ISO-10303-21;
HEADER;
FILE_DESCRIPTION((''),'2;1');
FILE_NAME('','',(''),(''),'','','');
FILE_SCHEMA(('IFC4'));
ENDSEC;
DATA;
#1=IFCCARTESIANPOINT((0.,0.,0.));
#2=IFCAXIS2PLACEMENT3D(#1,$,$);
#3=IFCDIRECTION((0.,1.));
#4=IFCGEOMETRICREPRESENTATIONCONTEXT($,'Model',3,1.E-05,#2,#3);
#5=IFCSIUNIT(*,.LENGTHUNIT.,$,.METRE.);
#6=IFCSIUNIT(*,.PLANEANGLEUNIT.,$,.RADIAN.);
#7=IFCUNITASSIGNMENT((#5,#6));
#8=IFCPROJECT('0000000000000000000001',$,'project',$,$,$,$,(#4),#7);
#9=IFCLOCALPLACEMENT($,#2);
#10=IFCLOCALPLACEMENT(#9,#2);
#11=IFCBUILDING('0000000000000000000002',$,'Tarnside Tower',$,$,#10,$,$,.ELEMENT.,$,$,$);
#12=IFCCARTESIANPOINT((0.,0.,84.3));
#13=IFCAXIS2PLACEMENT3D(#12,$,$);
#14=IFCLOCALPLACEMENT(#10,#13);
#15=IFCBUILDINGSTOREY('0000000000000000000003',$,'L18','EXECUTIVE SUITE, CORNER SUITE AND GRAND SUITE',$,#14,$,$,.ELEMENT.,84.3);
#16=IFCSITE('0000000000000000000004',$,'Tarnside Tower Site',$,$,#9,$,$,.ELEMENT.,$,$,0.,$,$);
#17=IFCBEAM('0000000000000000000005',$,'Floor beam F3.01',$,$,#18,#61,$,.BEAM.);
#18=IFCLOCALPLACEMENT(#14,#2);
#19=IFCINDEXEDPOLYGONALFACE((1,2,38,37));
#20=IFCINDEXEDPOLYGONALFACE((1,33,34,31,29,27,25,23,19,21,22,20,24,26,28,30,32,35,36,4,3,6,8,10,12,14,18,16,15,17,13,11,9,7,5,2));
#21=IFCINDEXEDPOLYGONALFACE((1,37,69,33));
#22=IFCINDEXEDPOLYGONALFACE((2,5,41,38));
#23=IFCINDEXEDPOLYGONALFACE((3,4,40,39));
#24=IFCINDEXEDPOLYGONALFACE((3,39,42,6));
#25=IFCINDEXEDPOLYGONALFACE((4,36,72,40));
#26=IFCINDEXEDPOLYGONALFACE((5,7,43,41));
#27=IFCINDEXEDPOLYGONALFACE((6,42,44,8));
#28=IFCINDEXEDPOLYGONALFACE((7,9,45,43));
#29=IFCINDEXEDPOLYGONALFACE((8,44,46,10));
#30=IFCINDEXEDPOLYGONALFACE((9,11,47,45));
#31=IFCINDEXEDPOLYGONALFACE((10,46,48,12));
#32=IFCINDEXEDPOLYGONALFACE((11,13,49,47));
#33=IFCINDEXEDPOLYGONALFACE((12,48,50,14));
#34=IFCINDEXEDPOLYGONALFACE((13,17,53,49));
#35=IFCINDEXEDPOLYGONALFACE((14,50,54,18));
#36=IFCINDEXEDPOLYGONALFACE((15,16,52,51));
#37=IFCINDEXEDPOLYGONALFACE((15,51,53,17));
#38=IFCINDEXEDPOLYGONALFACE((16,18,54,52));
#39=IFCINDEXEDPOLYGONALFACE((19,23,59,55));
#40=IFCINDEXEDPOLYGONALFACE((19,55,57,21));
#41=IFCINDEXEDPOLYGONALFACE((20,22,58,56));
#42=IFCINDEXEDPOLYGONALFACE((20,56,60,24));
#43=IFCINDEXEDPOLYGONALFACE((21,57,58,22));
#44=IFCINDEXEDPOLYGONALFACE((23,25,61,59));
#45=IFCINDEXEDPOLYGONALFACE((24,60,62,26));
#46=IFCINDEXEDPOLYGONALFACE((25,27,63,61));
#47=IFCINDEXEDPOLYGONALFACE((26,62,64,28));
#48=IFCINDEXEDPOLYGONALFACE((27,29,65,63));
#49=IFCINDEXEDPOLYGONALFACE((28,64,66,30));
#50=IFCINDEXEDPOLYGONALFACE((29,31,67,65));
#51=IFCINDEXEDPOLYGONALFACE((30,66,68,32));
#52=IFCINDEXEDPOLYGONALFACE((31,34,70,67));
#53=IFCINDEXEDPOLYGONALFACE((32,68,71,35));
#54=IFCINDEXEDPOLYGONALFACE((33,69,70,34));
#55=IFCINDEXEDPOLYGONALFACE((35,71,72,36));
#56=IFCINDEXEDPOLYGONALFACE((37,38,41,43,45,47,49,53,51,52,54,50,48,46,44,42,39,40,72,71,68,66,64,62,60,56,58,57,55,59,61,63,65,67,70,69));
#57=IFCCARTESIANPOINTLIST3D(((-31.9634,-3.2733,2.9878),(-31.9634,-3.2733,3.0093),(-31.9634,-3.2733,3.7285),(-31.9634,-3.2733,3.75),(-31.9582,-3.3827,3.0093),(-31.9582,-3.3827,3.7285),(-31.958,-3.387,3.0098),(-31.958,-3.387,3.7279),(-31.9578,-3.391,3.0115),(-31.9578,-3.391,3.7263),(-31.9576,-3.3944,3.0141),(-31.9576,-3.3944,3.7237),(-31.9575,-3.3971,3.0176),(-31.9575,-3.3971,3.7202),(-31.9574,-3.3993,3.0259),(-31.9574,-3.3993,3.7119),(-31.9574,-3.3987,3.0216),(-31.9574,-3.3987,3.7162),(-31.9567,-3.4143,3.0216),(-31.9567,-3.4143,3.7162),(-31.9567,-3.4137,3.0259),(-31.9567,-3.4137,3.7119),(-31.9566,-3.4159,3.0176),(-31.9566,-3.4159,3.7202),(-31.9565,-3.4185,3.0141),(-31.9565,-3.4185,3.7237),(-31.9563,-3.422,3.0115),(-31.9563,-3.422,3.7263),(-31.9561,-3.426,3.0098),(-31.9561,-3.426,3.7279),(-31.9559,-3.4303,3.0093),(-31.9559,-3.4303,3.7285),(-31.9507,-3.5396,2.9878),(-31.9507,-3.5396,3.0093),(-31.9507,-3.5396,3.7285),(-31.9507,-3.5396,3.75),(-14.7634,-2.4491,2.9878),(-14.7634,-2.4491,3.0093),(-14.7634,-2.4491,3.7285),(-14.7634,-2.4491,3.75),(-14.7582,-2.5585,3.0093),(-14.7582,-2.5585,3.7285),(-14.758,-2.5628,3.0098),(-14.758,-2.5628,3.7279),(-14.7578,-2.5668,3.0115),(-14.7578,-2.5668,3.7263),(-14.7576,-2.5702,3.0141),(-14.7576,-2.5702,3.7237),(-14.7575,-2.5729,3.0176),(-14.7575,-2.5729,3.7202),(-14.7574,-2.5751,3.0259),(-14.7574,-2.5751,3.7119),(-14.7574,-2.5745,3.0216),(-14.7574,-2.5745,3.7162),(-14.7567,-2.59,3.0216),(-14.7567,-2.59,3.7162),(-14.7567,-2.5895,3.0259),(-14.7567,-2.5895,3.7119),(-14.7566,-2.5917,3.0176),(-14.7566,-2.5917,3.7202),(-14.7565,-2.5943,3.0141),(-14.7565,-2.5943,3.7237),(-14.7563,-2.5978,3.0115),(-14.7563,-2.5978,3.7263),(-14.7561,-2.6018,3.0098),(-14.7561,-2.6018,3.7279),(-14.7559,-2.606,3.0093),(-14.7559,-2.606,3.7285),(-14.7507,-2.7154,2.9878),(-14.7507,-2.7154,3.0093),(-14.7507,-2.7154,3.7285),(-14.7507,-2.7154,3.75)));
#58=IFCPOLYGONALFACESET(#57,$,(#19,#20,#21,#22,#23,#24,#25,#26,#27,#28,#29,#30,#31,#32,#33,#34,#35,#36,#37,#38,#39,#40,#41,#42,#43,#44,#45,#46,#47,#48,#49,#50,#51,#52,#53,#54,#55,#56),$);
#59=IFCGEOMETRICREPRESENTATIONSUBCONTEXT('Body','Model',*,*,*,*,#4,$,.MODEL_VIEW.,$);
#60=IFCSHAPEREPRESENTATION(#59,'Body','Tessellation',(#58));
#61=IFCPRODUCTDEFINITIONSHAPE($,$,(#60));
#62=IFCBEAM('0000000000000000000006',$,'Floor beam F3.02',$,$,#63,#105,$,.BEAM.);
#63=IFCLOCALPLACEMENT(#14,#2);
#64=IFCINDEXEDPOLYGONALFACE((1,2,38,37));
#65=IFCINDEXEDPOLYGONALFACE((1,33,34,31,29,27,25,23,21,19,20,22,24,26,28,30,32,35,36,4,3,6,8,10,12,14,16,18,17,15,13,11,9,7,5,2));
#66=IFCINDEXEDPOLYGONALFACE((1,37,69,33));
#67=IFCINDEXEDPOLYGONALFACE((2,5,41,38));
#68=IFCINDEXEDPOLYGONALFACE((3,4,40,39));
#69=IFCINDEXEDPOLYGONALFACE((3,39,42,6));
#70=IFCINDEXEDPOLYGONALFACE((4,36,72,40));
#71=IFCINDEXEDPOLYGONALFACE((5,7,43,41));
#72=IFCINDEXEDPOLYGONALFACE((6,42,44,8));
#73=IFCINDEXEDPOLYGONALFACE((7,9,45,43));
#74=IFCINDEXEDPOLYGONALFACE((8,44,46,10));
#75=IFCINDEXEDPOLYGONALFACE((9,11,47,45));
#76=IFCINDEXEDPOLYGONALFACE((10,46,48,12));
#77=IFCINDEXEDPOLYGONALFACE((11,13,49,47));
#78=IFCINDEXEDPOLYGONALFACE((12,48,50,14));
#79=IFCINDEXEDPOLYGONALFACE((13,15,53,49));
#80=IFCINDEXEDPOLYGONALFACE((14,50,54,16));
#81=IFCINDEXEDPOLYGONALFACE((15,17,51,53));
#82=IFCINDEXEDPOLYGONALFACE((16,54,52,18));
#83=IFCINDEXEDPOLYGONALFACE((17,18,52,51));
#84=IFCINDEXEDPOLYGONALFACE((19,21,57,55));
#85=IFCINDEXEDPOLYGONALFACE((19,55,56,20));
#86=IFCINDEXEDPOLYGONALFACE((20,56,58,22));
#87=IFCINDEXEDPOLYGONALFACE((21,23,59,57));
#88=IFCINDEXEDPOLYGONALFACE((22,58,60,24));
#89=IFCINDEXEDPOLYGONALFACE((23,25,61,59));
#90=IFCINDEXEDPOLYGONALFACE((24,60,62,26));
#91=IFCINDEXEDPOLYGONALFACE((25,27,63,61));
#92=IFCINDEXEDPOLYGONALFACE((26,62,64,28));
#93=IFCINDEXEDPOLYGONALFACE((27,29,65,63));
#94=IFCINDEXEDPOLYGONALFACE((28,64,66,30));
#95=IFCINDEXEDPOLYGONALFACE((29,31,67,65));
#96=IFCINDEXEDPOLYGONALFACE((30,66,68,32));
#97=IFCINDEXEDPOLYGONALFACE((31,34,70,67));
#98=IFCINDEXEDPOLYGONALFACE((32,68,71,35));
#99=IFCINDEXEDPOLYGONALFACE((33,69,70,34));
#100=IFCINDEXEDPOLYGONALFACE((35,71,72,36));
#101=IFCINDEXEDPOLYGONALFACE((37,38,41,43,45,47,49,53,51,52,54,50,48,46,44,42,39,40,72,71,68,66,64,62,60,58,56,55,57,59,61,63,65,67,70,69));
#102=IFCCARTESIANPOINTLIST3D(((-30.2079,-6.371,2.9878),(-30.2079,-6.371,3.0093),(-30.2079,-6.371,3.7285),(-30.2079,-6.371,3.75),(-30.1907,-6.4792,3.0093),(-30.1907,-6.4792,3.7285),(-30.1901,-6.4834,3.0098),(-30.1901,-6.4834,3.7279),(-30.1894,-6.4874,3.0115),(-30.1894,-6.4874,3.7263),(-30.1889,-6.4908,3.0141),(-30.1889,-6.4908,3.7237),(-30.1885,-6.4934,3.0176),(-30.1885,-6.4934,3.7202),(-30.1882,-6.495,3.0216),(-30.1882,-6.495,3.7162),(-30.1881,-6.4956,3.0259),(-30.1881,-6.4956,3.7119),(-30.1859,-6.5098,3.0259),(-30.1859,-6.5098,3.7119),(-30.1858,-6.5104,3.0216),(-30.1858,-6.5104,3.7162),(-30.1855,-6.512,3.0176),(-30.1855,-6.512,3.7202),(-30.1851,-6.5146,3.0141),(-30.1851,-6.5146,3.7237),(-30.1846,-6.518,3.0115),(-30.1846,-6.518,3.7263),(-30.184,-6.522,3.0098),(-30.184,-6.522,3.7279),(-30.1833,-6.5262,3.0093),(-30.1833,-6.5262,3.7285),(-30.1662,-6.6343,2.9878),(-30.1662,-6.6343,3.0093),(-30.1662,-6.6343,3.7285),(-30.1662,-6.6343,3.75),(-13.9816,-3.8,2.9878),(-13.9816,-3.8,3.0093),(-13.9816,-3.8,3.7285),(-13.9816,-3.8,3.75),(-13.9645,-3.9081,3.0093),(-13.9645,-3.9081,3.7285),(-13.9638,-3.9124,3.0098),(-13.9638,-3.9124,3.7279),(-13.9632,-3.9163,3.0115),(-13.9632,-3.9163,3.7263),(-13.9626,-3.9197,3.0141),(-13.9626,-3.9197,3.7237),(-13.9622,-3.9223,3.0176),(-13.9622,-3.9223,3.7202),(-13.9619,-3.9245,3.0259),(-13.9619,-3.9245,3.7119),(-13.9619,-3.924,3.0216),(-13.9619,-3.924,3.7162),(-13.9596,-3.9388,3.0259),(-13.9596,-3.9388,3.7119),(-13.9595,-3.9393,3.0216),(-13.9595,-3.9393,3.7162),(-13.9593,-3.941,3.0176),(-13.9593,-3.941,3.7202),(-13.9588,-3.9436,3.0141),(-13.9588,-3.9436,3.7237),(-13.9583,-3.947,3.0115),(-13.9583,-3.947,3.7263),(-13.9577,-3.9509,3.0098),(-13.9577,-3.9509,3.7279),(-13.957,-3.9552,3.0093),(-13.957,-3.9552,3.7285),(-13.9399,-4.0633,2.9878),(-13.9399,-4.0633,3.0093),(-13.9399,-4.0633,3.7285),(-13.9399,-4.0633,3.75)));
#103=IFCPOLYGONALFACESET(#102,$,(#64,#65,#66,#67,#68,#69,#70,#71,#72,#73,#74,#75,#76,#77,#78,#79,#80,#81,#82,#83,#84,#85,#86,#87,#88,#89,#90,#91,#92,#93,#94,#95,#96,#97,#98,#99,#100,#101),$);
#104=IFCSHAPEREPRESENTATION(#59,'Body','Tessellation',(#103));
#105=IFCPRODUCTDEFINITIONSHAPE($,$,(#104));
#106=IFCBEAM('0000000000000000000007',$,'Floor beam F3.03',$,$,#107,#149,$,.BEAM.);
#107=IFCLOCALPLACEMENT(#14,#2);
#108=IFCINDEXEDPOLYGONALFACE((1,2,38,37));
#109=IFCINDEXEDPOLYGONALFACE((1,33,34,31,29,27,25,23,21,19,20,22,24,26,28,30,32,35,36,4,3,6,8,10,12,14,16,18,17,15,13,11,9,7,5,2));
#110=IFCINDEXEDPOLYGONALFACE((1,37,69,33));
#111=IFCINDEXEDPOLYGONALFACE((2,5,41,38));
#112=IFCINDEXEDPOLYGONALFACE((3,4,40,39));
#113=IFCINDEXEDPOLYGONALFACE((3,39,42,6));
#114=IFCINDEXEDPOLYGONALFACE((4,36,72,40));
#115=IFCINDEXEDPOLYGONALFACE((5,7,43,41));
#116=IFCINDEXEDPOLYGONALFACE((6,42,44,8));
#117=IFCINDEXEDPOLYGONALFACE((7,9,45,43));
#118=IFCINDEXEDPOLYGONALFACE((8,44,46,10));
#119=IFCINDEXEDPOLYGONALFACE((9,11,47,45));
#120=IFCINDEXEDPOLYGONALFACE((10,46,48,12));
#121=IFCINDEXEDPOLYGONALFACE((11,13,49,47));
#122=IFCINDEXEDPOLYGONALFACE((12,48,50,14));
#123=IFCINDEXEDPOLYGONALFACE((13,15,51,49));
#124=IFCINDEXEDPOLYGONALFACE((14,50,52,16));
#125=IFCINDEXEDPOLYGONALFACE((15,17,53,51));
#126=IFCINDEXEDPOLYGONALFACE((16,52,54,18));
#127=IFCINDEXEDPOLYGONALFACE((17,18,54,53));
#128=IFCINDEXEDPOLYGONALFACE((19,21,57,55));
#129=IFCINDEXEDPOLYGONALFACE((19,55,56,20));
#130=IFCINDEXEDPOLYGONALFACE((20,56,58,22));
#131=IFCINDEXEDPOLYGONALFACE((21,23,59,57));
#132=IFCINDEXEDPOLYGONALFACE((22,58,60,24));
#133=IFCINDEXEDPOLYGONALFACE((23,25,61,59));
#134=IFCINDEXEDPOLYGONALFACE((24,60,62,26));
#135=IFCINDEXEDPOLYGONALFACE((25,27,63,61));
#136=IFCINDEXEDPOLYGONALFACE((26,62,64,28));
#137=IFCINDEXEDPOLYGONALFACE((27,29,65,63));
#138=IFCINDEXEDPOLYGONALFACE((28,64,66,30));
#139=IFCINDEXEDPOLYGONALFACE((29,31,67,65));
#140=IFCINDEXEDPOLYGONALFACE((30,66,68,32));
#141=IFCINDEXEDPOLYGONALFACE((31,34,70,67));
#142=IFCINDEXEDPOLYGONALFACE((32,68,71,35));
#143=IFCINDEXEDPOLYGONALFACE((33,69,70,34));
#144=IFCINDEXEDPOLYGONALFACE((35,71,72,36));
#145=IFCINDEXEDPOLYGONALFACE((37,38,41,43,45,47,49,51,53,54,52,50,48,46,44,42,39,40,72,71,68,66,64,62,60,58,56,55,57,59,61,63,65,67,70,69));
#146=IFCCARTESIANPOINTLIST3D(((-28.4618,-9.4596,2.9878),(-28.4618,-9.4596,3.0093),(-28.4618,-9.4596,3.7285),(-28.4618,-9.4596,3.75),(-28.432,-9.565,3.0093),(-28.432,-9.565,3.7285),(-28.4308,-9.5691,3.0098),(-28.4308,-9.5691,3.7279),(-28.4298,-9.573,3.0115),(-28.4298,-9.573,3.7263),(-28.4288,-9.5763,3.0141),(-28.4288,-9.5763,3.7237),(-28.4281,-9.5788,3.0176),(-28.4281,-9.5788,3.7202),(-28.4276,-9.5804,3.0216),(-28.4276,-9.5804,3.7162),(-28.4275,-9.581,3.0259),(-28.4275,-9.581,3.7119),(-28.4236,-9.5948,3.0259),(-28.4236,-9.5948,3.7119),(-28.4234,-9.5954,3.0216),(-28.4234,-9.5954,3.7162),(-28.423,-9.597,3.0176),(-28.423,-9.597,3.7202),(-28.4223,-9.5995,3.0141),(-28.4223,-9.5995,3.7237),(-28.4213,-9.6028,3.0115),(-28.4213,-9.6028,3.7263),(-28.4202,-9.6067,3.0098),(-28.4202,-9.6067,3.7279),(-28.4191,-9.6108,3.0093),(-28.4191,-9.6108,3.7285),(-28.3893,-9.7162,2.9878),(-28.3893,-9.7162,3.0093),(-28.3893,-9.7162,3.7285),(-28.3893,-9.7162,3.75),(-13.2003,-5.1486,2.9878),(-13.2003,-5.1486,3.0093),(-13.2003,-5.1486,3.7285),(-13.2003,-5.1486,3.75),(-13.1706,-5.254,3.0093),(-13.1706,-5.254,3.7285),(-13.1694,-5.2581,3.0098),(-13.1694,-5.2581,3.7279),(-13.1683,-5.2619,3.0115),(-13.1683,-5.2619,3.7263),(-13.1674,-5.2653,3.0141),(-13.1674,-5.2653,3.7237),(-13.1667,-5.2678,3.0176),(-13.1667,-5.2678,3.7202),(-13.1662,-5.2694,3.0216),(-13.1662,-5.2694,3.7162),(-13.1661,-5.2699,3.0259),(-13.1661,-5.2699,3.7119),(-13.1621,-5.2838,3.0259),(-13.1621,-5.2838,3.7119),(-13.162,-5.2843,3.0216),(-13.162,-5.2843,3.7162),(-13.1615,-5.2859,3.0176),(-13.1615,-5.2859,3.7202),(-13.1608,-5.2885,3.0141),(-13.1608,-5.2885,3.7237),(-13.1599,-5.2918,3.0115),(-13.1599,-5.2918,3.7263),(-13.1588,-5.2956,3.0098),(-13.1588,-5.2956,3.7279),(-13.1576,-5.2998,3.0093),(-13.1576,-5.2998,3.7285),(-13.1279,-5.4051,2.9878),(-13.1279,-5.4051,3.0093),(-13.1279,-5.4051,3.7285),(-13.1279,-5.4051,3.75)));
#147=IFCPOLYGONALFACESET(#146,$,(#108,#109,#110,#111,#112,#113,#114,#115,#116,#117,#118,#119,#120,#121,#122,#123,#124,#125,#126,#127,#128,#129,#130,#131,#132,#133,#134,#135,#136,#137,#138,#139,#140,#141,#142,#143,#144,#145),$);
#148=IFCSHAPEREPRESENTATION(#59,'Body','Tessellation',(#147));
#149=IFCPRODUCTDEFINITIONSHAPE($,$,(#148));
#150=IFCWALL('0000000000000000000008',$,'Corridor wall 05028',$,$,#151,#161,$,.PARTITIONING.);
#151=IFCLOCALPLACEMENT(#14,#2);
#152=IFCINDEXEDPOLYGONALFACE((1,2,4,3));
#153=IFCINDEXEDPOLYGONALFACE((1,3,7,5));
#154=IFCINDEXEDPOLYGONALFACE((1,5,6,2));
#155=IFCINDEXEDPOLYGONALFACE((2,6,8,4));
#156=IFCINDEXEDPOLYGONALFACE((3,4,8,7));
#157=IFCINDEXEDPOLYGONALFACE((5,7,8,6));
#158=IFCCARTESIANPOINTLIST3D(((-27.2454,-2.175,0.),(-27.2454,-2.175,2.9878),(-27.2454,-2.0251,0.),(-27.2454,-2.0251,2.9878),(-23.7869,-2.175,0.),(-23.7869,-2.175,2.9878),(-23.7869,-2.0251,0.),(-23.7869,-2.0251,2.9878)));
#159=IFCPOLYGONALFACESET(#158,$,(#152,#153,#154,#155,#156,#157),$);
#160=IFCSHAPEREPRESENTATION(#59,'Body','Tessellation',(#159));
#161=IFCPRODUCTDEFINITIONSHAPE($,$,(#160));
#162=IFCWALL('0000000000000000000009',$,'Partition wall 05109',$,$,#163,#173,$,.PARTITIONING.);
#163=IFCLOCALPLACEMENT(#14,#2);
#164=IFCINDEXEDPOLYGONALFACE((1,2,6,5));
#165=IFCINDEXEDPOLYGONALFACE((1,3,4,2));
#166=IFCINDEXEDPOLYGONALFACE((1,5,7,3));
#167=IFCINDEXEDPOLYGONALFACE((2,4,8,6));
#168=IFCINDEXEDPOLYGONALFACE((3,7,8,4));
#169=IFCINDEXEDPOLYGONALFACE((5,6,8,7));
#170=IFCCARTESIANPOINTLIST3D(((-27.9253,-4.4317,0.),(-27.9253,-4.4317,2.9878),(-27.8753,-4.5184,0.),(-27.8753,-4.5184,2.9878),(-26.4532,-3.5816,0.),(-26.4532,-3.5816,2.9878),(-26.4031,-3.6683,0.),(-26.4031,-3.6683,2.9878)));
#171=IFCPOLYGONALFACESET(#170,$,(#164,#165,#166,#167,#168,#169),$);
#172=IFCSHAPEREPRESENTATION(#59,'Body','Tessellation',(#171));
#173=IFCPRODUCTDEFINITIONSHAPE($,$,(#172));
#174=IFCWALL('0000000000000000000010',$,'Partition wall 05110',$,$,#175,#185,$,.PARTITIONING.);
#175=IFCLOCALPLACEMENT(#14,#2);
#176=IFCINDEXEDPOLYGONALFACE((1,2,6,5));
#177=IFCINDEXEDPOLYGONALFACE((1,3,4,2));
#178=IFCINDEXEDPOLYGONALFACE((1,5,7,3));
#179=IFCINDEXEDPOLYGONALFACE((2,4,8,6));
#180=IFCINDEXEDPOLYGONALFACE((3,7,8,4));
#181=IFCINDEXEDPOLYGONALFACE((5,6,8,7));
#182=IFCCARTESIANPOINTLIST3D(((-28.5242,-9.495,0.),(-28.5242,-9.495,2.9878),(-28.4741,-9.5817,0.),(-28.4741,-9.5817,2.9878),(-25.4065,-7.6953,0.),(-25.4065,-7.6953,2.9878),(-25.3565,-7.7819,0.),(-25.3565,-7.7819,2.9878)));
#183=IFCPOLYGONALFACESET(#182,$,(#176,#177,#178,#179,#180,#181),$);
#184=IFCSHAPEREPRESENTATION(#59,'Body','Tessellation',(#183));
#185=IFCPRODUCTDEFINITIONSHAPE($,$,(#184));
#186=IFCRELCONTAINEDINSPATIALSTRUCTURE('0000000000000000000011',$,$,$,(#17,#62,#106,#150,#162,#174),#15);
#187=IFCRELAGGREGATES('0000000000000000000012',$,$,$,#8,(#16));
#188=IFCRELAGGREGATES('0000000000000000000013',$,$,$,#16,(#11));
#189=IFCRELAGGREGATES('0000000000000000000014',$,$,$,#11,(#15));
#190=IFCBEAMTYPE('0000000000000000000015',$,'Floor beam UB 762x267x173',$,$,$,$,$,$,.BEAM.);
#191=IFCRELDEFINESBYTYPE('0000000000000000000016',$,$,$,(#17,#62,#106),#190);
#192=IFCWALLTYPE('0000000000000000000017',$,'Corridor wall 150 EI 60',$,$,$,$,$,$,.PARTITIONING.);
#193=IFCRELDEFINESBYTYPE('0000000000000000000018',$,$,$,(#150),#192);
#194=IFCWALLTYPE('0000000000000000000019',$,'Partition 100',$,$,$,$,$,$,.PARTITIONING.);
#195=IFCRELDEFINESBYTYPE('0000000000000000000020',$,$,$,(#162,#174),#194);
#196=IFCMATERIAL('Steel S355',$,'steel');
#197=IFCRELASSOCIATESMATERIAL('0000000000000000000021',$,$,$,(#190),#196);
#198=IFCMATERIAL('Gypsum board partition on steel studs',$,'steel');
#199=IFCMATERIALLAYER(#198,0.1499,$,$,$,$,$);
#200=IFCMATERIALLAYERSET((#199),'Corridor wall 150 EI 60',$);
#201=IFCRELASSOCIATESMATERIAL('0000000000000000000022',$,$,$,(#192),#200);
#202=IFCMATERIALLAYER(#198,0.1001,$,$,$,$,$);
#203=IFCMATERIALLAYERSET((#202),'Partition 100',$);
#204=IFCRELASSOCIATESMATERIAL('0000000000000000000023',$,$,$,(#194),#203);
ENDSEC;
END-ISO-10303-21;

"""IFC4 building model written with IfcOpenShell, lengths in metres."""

from ifc_helpers import new_model, si_unit, direction, frame, frame_2d, origin, origin_2d, place, context, subcontext, project, spatial, rectangle, i_section, extrude, material, layer, layer_set, material_profile, profile_set, type_object, element, save


model = new_model("IFC4")

# Units and contexts
model_context = context("Model", 3, precision=1e-05, world=origin(), true_north=direction((0.0, 1.0)))
body_context = subcontext(model_context, "Body", "Model", "MODEL_VIEW")
ifc_project = project(units=[si_unit("LENGTHUNIT", "METRE"), si_unit("PLANEANGLEUNIT", "RADIAN")], contexts=[model_context])

# Site, building, storey
site_placement = place(None, origin())
site = spatial("IfcSite", under=ifc_project, at=site_placement, Name="Tarnside Tower Site", CompositionType="ELEMENT", RefElevation=0.0)
building_placement = place(site_placement, origin())
building = spatial("IfcBuilding", under=site, at=building_placement, Name="Tarnside Tower", CompositionType="ELEMENT")
storey_placement = place(building_placement, frame((0.0, 0.0, 84.3)))
storey = spatial("IfcBuildingStorey", under=building, at=storey_placement, Name="L18", Description="EXECUTIVE SUITE, CORNER SUITE AND GRAND SUITE", CompositionType="ELEMENT", Elevation=84.3)

# Beams
ifc_material_1 = material(Name="Steel S355", Category="steel")
ifc_material_profile = material_profile(ifc_material_1, i_section(OverallWidth=0.2666, OverallDepth=0.7622, WebThickness=0.0144, FlangeThickness=0.0215, FilletRadius=0.0166, at=origin_2d()), Name="UB 762x267x173")
ifc_profile_set = profile_set([ifc_material_profile], Name="Steel S355")
beam_type = type_object("IfcBeamType", Name="Floor beam UB 762x267x173", PredefinedType="BEAM", material=ifc_profile_set)
beam_1_placement = place(storey_placement, frame((-31.957, -3.4065, 3.3689), z_axis=(0.998854, 0.047865, 0.0), x_axis=(-0.047865, 0.998854, 0.0)))
element("IfcBeam", 1, at=beam_1_placement, inside=storey, type_object=beam_type, Name="Floor beam F3.01", PredefinedType="BEAM", context=body_context, shape_type="SweptSolid", body=[
    extrude(i_section(OverallWidth=0.2666, OverallDepth=0.7622, WebThickness=0.0144, FlangeThickness=0.0215, FilletRadius=0.0166, at=origin_2d()), origin(), (0.0, 0.0, 1.0), 17.2197),
])
beam_2_placement = place(storey_placement, frame((-30.187, -6.5027, 3.3689), z_axis=(0.987678, 0.156497, 0.0), x_axis=(-0.156497, 0.987678, 0.0)))
element("IfcBeam", 2, at=beam_2_placement, inside=storey, type_object=beam_type, Name="Floor beam F3.02", PredefinedType="BEAM", context=body_context, shape_type="SweptSolid", body=[
    extrude(i_section(OverallWidth=0.2666, OverallDepth=0.7622, WebThickness=0.0144, FlangeThickness=0.0215, FilletRadius=0.0166, at=origin_2d()), origin(), (0.0, 0.0, 1.0), 16.4287),
])
beam_3_placement = place(storey_placement, frame((-28.4255, -9.5879, 3.3689), z_axis=(0.962342, 0.271841, 0.0), x_axis=(-0.271841, 0.962342, 0.0)))
element("IfcBeam", 3, at=beam_3_placement, inside=storey, type_object=beam_type, Name="Floor beam F3.03", PredefinedType="BEAM", context=body_context, shape_type="SweptSolid", body=[
    extrude(i_section(OverallWidth=0.2666, OverallDepth=0.7622, WebThickness=0.0144, FlangeThickness=0.0215, FilletRadius=0.0166, at=origin_2d()), origin(), (0.0, 0.0, 1.0), 15.8586),
])

# Walls
ifc_material_2 = material(Name="Gypsum board partition on steel studs", Category="steel")
ifc_layer_1 = layer(ifc_material_2, 0.1499)
ifc_layer_set_1 = layer_set([ifc_layer_1], Name="Corridor wall 150 EI 60")
wall_type_1 = type_object("IfcWallType", Name="Corridor wall 150 EI 60", PredefinedType="PARTITIONING", material=ifc_layer_set_1)
wall_1_placement = place(storey_placement, frame((-27.2454, -2.1001, 0.0), z_axis=(0.0, 0.0, 1.0), x_axis=(1.0, 0.0, 0.0)))
element("IfcWall", 4, at=wall_1_placement, inside=storey, type_object=wall_type_1, Name="Corridor wall 05028", PredefinedType="PARTITIONING", context=body_context, shape_type="SweptSolid", body=[
    extrude(rectangle(XDim=3.4585, YDim=0.1499, at=frame_2d((1.7292, 0.0))), origin(), (0.0, 0.0, 1.0), 2.9878),
])
ifc_layer_2 = layer(ifc_material_2, 0.1001)
ifc_layer_set_2 = layer_set([ifc_layer_2], Name="Partition 100")
wall_type_2 = type_object("IfcWallType", Name="Partition 100", PredefinedType="PARTITIONING", material=ifc_layer_set_2)
wall_2_placement = place(storey_placement, frame((-27.9004, -4.4751, 0.0), z_axis=(0.0, 0.0, 1.0), x_axis=(0.865989, 0.500062, 0.0)))
element("IfcWall", 5, at=wall_2_placement, inside=storey, type_object=wall_type_2, Name="Partition wall 05109", PredefinedType="PARTITIONING", context=body_context, shape_type="SweptSolid", body=[
    extrude(rectangle(XDim=1.7, YDim=0.1001, at=frame_2d((0.8501, 0.0))), origin(), (0.0, 0.0, 1.0), 2.9878),
])
wall_3_placement = place(storey_placement, frame((-28.499, -9.5383, 0.0), z_axis=(0.0, 0.0, 1.0), x_axis=(0.866048, 0.499961, 0.0)))
element("IfcWall", 6, at=wall_3_placement, inside=storey, type_object=wall_type_2, Name="Partition wall 05110", PredefinedType="PARTITIONING", context=body_context, shape_type="SweptSolid", body=[
    extrude(rectangle(XDim=3.5999, YDim=0.1001, at=frame_2d((1.7998, 0.0))), origin(), (0.0, 0.0, 1.0), 2.9878),
])

save(model, "model.ifc")
